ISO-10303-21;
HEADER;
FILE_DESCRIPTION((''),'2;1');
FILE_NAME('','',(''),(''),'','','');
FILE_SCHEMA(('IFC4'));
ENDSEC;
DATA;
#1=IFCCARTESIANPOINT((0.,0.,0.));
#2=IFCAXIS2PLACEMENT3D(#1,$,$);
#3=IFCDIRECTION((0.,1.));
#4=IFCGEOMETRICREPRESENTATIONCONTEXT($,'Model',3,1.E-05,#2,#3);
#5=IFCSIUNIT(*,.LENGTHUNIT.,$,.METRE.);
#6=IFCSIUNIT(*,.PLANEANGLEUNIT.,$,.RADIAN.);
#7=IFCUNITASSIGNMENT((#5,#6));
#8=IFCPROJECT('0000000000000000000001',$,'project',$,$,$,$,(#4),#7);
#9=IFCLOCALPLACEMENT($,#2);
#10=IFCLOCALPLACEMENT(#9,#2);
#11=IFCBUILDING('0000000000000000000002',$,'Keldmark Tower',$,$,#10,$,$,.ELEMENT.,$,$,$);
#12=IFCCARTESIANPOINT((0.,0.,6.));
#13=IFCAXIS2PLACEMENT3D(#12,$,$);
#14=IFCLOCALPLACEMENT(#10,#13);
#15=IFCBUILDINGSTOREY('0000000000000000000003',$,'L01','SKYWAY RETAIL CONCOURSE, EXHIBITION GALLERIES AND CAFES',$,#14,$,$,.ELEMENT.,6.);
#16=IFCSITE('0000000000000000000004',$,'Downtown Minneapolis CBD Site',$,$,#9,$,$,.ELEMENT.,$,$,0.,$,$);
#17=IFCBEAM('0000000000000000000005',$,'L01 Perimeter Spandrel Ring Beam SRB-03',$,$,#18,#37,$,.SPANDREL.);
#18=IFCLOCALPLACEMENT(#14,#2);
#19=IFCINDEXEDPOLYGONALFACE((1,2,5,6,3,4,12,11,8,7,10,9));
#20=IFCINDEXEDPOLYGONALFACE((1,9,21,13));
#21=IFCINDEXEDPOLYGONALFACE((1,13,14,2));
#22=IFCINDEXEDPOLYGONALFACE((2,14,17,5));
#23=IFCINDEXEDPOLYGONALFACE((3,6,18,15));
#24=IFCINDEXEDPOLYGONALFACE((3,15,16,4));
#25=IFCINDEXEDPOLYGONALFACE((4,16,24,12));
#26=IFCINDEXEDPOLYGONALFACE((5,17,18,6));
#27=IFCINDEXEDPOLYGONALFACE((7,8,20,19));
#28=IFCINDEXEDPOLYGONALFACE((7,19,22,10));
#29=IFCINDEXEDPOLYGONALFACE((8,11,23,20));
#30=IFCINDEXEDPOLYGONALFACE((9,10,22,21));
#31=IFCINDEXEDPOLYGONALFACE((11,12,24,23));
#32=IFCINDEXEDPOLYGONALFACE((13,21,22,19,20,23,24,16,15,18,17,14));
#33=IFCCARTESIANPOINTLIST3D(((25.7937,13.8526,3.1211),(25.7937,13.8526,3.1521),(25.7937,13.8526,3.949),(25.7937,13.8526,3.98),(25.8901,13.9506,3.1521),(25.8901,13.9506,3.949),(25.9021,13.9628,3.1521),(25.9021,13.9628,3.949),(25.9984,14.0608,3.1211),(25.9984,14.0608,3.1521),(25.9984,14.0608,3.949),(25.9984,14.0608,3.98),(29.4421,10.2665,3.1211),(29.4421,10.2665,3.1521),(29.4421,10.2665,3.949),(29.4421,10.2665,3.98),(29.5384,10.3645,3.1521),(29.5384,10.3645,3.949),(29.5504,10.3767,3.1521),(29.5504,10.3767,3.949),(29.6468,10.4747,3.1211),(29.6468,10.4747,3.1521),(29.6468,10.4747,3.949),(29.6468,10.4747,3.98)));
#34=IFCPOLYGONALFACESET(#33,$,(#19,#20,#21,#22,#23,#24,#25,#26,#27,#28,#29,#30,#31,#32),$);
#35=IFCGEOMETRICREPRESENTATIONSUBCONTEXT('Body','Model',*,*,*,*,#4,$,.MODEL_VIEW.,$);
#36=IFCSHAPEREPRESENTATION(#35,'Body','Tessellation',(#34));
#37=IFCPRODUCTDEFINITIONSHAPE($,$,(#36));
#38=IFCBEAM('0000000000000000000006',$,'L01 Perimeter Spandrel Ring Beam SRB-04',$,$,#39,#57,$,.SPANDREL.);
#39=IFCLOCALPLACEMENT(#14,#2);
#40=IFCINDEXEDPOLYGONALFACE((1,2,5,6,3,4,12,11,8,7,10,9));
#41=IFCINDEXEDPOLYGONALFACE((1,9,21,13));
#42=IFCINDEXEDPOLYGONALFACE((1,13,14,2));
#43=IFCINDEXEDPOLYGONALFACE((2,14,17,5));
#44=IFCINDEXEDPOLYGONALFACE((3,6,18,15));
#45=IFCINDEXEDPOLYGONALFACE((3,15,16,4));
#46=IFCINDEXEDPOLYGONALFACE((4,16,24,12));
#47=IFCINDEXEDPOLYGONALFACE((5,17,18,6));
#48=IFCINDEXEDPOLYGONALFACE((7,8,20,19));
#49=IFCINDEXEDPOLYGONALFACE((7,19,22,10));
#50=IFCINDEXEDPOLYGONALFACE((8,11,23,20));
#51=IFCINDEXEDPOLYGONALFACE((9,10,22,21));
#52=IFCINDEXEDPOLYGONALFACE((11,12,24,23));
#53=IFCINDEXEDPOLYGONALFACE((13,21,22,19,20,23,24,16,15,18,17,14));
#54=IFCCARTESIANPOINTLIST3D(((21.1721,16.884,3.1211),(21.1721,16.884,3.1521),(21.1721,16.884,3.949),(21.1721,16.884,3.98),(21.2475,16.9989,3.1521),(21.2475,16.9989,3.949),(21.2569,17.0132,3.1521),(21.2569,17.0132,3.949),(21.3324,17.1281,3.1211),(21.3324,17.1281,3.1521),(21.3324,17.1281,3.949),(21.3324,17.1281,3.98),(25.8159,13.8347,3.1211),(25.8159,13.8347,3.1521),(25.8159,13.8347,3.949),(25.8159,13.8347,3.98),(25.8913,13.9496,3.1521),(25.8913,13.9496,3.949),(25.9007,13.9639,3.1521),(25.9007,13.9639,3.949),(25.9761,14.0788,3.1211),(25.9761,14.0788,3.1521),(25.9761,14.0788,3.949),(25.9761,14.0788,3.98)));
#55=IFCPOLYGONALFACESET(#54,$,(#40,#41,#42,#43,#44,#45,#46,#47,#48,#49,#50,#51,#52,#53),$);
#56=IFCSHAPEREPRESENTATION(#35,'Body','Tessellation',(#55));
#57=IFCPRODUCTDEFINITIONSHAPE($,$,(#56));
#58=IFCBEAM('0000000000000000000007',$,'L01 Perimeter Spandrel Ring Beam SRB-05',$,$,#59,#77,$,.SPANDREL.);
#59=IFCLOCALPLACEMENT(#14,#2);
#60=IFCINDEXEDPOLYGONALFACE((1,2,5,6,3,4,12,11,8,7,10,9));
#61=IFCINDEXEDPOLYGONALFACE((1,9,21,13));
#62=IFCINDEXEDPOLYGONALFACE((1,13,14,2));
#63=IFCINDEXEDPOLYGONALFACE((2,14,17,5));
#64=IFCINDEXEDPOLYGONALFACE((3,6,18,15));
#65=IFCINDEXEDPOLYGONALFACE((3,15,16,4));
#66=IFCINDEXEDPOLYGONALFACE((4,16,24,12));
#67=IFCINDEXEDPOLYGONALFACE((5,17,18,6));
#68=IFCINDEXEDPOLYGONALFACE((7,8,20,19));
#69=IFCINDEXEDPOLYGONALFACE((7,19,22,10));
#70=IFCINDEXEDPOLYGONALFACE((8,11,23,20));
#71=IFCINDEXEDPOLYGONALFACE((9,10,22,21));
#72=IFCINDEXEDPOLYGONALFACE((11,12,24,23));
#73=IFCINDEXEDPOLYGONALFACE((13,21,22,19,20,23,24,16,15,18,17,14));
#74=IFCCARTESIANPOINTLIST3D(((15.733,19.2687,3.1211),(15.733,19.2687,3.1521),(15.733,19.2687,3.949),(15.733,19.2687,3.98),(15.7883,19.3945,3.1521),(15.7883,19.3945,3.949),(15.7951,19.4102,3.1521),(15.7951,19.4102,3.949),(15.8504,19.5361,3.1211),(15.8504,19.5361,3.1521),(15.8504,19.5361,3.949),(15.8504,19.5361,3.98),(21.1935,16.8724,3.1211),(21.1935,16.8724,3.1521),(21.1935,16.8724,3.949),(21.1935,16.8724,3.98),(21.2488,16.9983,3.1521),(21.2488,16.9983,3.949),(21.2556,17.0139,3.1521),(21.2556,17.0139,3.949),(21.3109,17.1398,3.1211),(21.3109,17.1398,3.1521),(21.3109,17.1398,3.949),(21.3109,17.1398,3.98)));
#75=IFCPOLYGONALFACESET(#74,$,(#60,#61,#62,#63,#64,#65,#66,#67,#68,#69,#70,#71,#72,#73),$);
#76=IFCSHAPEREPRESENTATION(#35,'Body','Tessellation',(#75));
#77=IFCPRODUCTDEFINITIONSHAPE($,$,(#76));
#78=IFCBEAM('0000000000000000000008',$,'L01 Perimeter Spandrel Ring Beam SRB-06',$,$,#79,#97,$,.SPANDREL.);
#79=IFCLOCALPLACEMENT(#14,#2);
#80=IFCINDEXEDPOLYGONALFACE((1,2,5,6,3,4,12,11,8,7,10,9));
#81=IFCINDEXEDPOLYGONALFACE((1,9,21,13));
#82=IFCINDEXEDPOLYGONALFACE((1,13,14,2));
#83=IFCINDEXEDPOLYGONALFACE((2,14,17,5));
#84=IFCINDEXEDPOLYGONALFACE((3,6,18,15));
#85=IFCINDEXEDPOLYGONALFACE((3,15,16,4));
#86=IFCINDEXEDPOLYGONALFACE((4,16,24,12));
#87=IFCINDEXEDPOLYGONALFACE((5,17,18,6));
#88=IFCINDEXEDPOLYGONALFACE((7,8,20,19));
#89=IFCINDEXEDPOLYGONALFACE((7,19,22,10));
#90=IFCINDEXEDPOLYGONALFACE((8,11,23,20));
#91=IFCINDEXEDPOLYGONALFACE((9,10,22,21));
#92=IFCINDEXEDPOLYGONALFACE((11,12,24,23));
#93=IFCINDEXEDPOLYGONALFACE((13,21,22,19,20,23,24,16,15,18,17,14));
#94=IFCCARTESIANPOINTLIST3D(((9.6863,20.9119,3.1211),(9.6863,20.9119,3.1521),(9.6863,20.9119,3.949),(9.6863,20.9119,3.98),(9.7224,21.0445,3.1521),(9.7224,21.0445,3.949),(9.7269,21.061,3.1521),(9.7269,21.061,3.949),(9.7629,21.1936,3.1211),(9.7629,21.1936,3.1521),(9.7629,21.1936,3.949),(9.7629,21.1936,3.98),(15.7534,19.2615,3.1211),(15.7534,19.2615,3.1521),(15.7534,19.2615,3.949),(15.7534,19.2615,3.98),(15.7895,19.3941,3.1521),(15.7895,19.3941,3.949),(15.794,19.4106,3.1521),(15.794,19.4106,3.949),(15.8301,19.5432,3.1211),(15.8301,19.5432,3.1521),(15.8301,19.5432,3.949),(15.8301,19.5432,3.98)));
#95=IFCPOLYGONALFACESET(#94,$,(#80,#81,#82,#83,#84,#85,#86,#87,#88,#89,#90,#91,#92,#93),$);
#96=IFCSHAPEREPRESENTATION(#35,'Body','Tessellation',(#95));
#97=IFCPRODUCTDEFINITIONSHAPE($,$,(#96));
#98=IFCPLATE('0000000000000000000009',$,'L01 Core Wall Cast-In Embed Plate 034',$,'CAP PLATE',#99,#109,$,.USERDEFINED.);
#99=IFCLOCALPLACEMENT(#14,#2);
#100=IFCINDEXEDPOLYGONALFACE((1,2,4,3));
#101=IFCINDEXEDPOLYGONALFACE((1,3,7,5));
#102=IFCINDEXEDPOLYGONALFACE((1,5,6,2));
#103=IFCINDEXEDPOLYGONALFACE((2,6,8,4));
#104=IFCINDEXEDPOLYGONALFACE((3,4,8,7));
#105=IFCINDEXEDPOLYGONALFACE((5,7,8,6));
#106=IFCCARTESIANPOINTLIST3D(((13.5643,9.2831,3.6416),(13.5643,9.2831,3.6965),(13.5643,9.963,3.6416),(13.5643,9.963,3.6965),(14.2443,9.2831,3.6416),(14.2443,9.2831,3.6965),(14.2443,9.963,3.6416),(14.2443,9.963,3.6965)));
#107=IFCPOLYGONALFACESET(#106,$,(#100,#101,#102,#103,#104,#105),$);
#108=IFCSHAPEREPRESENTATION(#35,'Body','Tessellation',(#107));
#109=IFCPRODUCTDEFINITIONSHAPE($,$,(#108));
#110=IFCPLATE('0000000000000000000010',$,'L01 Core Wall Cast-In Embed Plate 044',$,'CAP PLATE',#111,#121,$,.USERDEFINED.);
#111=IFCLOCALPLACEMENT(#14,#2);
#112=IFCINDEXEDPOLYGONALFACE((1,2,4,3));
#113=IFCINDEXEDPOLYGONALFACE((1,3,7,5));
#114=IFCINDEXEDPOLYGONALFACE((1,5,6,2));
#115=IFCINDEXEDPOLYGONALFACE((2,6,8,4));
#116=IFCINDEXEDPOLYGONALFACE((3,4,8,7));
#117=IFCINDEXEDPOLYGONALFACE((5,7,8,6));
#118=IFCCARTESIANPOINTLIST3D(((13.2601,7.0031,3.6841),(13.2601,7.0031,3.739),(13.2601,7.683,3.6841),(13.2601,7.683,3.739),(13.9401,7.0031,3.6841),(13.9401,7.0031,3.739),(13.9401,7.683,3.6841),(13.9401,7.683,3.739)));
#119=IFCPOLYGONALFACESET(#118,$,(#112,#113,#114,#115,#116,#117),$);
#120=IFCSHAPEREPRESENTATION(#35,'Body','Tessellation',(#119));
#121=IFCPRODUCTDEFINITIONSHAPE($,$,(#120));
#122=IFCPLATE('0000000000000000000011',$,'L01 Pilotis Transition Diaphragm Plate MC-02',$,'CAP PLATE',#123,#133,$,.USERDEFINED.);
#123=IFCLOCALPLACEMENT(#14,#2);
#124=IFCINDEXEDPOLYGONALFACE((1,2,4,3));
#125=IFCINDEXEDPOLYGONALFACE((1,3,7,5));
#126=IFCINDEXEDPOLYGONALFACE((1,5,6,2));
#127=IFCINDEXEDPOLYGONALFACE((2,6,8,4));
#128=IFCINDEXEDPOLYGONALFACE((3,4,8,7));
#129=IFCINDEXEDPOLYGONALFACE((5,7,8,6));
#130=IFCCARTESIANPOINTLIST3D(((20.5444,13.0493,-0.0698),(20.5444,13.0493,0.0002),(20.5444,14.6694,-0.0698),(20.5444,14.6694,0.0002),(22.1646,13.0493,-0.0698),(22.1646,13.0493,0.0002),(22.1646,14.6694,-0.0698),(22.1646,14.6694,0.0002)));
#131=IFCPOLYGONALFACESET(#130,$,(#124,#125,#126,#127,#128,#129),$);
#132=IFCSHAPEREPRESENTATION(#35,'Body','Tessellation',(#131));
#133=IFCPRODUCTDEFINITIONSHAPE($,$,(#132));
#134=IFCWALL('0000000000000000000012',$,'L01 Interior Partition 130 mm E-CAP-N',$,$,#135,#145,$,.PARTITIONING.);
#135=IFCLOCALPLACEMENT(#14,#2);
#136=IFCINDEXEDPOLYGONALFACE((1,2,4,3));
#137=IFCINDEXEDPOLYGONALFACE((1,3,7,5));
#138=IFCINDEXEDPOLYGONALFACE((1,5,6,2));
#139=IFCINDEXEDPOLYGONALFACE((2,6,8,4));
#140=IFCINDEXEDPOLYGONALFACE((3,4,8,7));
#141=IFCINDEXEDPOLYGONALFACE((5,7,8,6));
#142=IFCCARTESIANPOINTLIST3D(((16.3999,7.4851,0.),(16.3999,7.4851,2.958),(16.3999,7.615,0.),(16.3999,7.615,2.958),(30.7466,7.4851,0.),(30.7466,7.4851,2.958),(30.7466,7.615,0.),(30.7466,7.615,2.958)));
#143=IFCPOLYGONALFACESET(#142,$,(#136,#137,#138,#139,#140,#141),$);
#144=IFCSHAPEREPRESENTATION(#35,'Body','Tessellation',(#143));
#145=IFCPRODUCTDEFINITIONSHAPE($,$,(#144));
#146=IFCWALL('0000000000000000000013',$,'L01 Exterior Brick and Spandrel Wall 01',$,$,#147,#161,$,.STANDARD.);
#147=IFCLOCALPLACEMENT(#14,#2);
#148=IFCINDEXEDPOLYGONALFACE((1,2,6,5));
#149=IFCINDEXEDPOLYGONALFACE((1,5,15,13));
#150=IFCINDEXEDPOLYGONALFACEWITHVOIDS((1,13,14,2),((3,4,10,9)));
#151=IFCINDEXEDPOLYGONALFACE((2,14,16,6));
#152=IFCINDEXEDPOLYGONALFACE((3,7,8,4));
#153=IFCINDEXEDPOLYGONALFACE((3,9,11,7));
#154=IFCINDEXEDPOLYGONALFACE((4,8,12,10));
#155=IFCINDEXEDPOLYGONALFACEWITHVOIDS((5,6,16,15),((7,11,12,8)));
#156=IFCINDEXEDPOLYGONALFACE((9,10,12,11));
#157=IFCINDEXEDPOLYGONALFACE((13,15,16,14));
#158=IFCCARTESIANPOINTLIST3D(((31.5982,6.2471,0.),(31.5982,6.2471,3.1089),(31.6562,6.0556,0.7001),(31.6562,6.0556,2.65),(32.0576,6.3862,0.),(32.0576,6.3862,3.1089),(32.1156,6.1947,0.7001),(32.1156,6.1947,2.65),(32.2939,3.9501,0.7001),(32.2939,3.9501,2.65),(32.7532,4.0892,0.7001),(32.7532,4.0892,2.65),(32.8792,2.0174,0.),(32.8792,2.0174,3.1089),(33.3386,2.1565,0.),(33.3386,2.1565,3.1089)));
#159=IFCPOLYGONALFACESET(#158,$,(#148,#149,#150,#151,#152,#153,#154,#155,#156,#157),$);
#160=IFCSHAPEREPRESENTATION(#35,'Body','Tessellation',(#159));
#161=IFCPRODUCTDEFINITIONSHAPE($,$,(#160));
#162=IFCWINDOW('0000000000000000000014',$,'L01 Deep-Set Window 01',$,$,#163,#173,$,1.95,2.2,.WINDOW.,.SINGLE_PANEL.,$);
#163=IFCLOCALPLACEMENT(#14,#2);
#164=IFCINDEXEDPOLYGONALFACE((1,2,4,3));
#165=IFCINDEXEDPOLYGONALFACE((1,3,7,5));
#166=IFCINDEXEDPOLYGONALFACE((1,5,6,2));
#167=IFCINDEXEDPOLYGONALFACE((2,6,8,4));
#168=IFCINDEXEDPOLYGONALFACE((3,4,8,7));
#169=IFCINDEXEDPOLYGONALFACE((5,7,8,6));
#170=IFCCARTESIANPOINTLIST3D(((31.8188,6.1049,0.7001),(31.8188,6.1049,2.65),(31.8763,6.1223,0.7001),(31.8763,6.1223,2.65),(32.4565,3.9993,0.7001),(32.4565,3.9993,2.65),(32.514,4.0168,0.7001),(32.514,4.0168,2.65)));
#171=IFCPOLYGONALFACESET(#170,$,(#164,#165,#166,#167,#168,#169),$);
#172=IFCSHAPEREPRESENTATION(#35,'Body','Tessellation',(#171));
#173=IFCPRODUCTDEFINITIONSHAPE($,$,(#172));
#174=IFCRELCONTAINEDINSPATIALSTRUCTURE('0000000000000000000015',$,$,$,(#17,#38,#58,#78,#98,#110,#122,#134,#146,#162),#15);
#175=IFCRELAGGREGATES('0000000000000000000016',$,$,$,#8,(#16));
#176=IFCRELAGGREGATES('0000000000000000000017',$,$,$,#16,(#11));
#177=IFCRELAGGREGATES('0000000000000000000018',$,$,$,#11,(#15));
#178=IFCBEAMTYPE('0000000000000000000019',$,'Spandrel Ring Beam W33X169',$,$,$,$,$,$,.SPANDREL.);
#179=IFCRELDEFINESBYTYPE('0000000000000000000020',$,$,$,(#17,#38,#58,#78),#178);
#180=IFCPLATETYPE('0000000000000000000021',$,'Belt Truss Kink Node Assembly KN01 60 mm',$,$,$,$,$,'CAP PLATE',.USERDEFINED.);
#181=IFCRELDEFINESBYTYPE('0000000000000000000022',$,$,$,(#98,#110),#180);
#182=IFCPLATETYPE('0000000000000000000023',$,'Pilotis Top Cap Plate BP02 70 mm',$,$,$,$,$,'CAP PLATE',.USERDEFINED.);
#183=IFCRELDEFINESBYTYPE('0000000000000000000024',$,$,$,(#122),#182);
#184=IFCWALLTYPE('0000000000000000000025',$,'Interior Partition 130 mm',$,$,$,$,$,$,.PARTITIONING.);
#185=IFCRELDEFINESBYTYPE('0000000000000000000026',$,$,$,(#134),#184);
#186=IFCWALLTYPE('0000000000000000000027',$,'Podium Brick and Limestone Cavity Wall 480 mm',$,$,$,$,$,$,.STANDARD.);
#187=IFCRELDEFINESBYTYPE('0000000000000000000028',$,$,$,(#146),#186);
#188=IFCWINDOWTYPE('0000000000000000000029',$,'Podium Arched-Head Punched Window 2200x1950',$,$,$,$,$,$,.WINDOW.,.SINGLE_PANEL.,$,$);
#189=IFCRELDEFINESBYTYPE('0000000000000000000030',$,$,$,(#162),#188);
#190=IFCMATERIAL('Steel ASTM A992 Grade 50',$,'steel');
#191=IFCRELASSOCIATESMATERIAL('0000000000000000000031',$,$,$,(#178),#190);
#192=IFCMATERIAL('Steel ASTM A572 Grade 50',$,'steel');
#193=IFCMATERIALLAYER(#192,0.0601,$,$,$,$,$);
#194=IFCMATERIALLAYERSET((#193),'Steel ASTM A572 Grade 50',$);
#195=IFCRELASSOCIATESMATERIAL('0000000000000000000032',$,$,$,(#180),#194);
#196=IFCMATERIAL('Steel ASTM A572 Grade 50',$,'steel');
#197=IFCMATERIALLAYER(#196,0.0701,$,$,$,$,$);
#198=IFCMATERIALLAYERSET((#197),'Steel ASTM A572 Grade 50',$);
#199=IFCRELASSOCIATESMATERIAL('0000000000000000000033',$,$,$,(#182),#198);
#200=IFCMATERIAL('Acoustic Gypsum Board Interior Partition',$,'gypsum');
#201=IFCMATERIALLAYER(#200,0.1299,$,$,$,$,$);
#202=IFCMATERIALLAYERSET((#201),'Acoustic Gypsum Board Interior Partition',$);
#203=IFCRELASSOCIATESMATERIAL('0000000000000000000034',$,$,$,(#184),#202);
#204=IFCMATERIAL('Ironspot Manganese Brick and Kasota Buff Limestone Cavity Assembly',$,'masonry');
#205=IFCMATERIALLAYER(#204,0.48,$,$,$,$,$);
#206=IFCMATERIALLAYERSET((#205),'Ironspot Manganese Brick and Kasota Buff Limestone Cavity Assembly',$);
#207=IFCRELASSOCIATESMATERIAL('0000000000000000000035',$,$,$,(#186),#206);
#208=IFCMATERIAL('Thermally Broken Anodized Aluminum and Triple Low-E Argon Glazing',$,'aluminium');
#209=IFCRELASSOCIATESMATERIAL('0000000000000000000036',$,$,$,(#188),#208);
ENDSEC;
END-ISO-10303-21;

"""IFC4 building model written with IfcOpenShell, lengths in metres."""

from ifc_helpers import new_model, si_unit, direction, frame, frame_2d, origin, origin_2d, place, context, subcontext, project, spatial, rectangle, i_section, extrude, material, layer, layer_set, material_profile, profile_set, type_object, element, fill, save


model = new_model("IFC4")

# Units and contexts
model_context = context("Model", 3, precision=1e-05, world=origin(), true_north=direction((0.0, 1.0)))
body_context = subcontext(model_context, "Body", "Model", "MODEL_VIEW")
ifc_project = project(units=[si_unit("LENGTHUNIT", "METRE"), si_unit("PLANEANGLEUNIT", "RADIAN")], contexts=[model_context])

# Site, building, storey
site_placement = place(None, origin())
site = spatial("IfcSite", under=ifc_project, at=site_placement, Name="Downtown Minneapolis CBD Site", CompositionType="ELEMENT", RefElevation=0.0)
building_placement = place(site_placement, origin())
building = spatial("IfcBuilding", under=site, at=building_placement, Name="Keldmark Tower", CompositionType="ELEMENT")
storey_placement = place(building_placement, frame((0.0, 0.0, 6.0)))
storey = spatial("IfcBuildingStorey", under=building, at=storey_placement, Name="L01", Description="SKYWAY RETAIL CONCOURSE, EXHIBITION GALLERIES AND CAFES", CompositionType="ELEMENT", Elevation=6.0)

# Beams
ifc_material_1 = material(Name="Steel ASTM A992 Grade 50", Category="steel")
ifc_material_profile_1 = material_profile(ifc_material_1, i_section(OverallWidth=0.292, OverallDepth=0.8589, WebThickness=0.0171, FlangeThickness=0.031, at=origin_2d()), Name="W33X169")
ifc_profile_set_1 = profile_set([ifc_material_profile_1], Name="Steel ASTM A992 Grade 50")
beam_type_1 = type_object("IfcBeamType", Name="Spandrel Ring Beam W33X169", PredefinedType="SPANDREL", material=ifc_profile_set_1)
beam_1_placement = place(storey_placement, frame((29.5444, 10.3706, 3.5505), z_axis=(-0.713165, 0.700996, 0.0), x_axis=(-0.700996, -0.713165, 0.0)))
element("IfcBeam", 1, at=beam_1_placement, inside=storey, type_object=beam_type_1, Name="L01 Perimeter Spandrel Ring Beam SRB-03", PredefinedType="SPANDREL", context=body_context, shape_type="SweptSolid", body=[
    extrude(i_section(OverallWidth=0.292, OverallDepth=0.8589, WebThickness=0.0171, FlangeThickness=0.031, at=origin_2d()), origin(), (0.0, 0.0, 1.0), 5.1157),
])
beam_2_placement = place(storey_placement, frame((25.896, 13.9568, 3.5505), z_axis=(-0.835897, 0.548886, 0.0), x_axis=(-0.548886, -0.835897, 0.0)))
element("IfcBeam", 2, at=beam_2_placement, inside=storey, type_object=beam_type_1, Name="L01 Perimeter Spandrel Ring Beam SRB-04", PredefinedType="SPANDREL", context=body_context, shape_type="SweptSolid", body=[
    extrude(i_section(OverallWidth=0.292, OverallDepth=0.8589, WebThickness=0.0171, FlangeThickness=0.031, at=origin_2d()), origin(), (0.0, 0.0, 1.0), 5.5554),
])
beam_3_placement = place(storey_placement, frame((21.2522, 17.0061, 3.5505), z_axis=(-0.915708, 0.401845, 0.0), x_axis=(-0.401845, -0.915708, 0.0)))
element("IfcBeam", 3, at=beam_3_placement, inside=storey, type_object=beam_type_1, Name="L01 Perimeter Spandrel Ring Beam SRB-05", PredefinedType="SPANDREL", context=body_context, shape_type="SweptSolid", body=[
    extrude(i_section(OverallWidth=0.292, OverallDepth=0.8589, WebThickness=0.0171, FlangeThickness=0.031, at=origin_2d()), origin(), (0.0, 0.0, 1.0), 5.9631),
])
beam_4_placement = place(storey_placement, frame((15.7917, 19.4023, 3.5505), z_axis=(-0.964937, 0.262483, 0.0), x_axis=(-0.262483, -0.964937, 0.0)))
element("IfcBeam", 4, at=beam_4_placement, inside=storey, type_object=beam_type_1, Name="L01 Perimeter Spandrel Ring Beam SRB-06", PredefinedType="SPANDREL", context=body_context, shape_type="SweptSolid", body=[
    extrude(i_section(OverallWidth=0.292, OverallDepth=0.8589, WebThickness=0.0171, FlangeThickness=0.031, at=origin_2d()), origin(), (0.0, 0.0, 1.0), 6.2876),
])

# Plates
ifc_material_2 = material(Name="Steel ASTM A572 Grade 50", Category="steel")
ifc_layer_1 = layer(ifc_material_2, 0.0601)
ifc_layer_set_1 = layer_set([ifc_layer_1], Name="Steel ASTM A572 Grade 50")
plate_type_1 = type_object("IfcPlateType", Name="Belt Truss Kink Node Assembly KN01 60 mm", ElementType="CAP PLATE", PredefinedType="USERDEFINED", material=ifc_layer_set_1)
for number, where, z_axis, x_axis, name in (
    (5, (13.9043, 9.623, 3.6416), (0.0, 0.0, 1.0), (1.0, 0.0, 0.0), "L01 Core Wall Cast-In Embed Plate 034"),
    (6, (13.6001, 7.343, 3.6841), (0.0, 0.0, 1.0), (1.0, 0.0, 0.0), "L01 Core Wall Cast-In Embed Plate 044"),
):
    element("IfcPlate", number, at=place(storey_placement, frame(where, z_axis=z_axis, x_axis=x_axis)), inside=storey, type_object=plate_type_1, Name=name, ObjectType="CAP PLATE", PredefinedType="USERDEFINED", context=body_context, shape_type="SweptSolid", body=[
        extrude(rectangle(XDim=0.6799, YDim=0.6799, at=origin_2d()), origin(), (0.0, 0.0, 1.0), 0.0549),
    ])
ifc_material_3 = material(Name="Steel ASTM A572 Grade 50", Category="steel")
ifc_layer_2 = layer(ifc_material_3, 0.0701)
ifc_layer_set_2 = layer_set([ifc_layer_2], Name="Steel ASTM A572 Grade 50")
plate_type_2 = type_object("IfcPlateType", Name="Pilotis Top Cap Plate BP02 70 mm", ElementType="CAP PLATE", PredefinedType="USERDEFINED", material=ifc_layer_set_2)
plate_placement = place(storey_placement, frame((21.3545, 13.8594, -0.0698), z_axis=(0.0, 0.0, 1.0), x_axis=(1.0, 0.0, 0.0)))
element("IfcPlate", 7, at=plate_placement, inside=storey, type_object=plate_type_2, Name="L01 Pilotis Transition Diaphragm Plate MC-02", ObjectType="CAP PLATE", PredefinedType="USERDEFINED", context=body_context, shape_type="SweptSolid", body=[
    extrude(rectangle(XDim=1.6201, YDim=1.6201, at=origin_2d()), origin(), (0.0, 0.0, 1.0), 0.0701),
])

# Wall
ifc_material_4 = material(Name="Acoustic Gypsum Board Interior Partition", Category="gypsum")
ifc_layer_3 = layer(ifc_material_4, 0.1299)
ifc_layer_set_3 = layer_set([ifc_layer_3], Name="Acoustic Gypsum Board Interior Partition")
wall_type_1 = type_object("IfcWallType", Name="Interior Partition 130 mm", PredefinedType="PARTITIONING", material=ifc_layer_set_3)
wall_1_placement = place(storey_placement, frame((16.3999, 7.55, 0.0), z_axis=(0.0, 0.0, 1.0), x_axis=(1.0, 0.0, 0.0)))
element("IfcWall", 8, at=wall_1_placement, inside=storey, type_object=wall_type_1, Name="L01 Interior Partition 130 mm E-CAP-N", PredefinedType="PARTITIONING", context=body_context, shape_type="SweptSolid", body=[
    extrude(rectangle(XDim=14.3467, YDim=0.1299, at=frame_2d((7.1733, 0.0))), origin(), (0.0, 0.0, 1.0), 2.958),
])

# Wall, opening, window
ifc_material_5 = material(Name="Ironspot Manganese Brick and Kasota Buff Limestone Cavity Assembly", Category="masonry")
ifc_layer_4 = layer(ifc_material_5, 0.48)
ifc_layer_set_4 = layer_set([ifc_layer_4], Name="Ironspot Manganese Brick and Kasota Buff Limestone Cavity Assembly")
wall_type_2 = type_object("IfcWallType", Name="Podium Brick and Limestone Cavity Wall 480 mm", PredefinedType="STANDARD", material=ifc_layer_set_4)
wall_2_placement = place(storey_placement, frame((31.8279, 6.3167, 0.0), z_axis=(0.0, 0.0, 1.0), x_axis=(0.289856, -0.95707, 0.0)))
wall_2 = element("IfcWall", 9, at=wall_2_placement, inside=storey, type_object=wall_type_2, Name="L01 Exterior Brick and Spandrel Wall 01", PredefinedType="STANDARD", context=body_context, shape_type="SweptSolid", body=[
    extrude(rectangle(XDim=4.4194, YDim=0.48, at=frame_2d((2.2097, 0.0))), origin(), (0.0, 0.0, 1.0), 3.1089),
])
opening_1_placement = place(wall_2_placement, frame((0.2, 0.0, 0.7)))
opening_1 = element("IfcOpeningElement", 10, at=opening_1_placement, cuts=wall_2, PredefinedType="OPENING", context=body_context, shape_type="SweptSolid", body=[
    extrude(rectangle(XDim=2.2, YDim=1.95, at=frame_2d((1.1001, 0.9751))), frame((0.0, 0.25, 0.0), z_axis=(0.0, -1.0, 0.0), x_axis=(1.0, 0.0, 0.0)), (0.0, 0.0, 1.0), 0.5),
])
ifc_material_6 = material(Name="Thermally Broken Anodized Aluminum and Triple Low-E Argon Glazing", Category="aluminium")
window_type = type_object("IfcWindowType", Name="Podium Arched-Head Punched Window 2200x1950", PartitioningType="SINGLE_PANEL", PredefinedType="WINDOW", material=ifc_material_6)
window_1_placement = place(opening_1_placement, origin())
window_1 = element("IfcWindow", 11, at=window_1_placement, inside=storey, type_object=window_type, Name="L01 Deep-Set Window 01", OverallHeight=1.95, OverallWidth=2.2, PartitioningType="SINGLE_PANEL", PredefinedType="WINDOW", context=body_context, shape_type="SweptSolid", body=[
    extrude(rectangle(XDim=2.2, YDim=1.95, at=frame_2d((1.1001, 0.9751))), frame((0.0, -0.01, 0.0), z_axis=(0.0, -1.0, 0.0), x_axis=(1.0, 0.0, 0.0)), (0.0, 0.0, 1.0), 0.0601),
])
fill(opening_1, window_1)

save(model, "model.ifc")
